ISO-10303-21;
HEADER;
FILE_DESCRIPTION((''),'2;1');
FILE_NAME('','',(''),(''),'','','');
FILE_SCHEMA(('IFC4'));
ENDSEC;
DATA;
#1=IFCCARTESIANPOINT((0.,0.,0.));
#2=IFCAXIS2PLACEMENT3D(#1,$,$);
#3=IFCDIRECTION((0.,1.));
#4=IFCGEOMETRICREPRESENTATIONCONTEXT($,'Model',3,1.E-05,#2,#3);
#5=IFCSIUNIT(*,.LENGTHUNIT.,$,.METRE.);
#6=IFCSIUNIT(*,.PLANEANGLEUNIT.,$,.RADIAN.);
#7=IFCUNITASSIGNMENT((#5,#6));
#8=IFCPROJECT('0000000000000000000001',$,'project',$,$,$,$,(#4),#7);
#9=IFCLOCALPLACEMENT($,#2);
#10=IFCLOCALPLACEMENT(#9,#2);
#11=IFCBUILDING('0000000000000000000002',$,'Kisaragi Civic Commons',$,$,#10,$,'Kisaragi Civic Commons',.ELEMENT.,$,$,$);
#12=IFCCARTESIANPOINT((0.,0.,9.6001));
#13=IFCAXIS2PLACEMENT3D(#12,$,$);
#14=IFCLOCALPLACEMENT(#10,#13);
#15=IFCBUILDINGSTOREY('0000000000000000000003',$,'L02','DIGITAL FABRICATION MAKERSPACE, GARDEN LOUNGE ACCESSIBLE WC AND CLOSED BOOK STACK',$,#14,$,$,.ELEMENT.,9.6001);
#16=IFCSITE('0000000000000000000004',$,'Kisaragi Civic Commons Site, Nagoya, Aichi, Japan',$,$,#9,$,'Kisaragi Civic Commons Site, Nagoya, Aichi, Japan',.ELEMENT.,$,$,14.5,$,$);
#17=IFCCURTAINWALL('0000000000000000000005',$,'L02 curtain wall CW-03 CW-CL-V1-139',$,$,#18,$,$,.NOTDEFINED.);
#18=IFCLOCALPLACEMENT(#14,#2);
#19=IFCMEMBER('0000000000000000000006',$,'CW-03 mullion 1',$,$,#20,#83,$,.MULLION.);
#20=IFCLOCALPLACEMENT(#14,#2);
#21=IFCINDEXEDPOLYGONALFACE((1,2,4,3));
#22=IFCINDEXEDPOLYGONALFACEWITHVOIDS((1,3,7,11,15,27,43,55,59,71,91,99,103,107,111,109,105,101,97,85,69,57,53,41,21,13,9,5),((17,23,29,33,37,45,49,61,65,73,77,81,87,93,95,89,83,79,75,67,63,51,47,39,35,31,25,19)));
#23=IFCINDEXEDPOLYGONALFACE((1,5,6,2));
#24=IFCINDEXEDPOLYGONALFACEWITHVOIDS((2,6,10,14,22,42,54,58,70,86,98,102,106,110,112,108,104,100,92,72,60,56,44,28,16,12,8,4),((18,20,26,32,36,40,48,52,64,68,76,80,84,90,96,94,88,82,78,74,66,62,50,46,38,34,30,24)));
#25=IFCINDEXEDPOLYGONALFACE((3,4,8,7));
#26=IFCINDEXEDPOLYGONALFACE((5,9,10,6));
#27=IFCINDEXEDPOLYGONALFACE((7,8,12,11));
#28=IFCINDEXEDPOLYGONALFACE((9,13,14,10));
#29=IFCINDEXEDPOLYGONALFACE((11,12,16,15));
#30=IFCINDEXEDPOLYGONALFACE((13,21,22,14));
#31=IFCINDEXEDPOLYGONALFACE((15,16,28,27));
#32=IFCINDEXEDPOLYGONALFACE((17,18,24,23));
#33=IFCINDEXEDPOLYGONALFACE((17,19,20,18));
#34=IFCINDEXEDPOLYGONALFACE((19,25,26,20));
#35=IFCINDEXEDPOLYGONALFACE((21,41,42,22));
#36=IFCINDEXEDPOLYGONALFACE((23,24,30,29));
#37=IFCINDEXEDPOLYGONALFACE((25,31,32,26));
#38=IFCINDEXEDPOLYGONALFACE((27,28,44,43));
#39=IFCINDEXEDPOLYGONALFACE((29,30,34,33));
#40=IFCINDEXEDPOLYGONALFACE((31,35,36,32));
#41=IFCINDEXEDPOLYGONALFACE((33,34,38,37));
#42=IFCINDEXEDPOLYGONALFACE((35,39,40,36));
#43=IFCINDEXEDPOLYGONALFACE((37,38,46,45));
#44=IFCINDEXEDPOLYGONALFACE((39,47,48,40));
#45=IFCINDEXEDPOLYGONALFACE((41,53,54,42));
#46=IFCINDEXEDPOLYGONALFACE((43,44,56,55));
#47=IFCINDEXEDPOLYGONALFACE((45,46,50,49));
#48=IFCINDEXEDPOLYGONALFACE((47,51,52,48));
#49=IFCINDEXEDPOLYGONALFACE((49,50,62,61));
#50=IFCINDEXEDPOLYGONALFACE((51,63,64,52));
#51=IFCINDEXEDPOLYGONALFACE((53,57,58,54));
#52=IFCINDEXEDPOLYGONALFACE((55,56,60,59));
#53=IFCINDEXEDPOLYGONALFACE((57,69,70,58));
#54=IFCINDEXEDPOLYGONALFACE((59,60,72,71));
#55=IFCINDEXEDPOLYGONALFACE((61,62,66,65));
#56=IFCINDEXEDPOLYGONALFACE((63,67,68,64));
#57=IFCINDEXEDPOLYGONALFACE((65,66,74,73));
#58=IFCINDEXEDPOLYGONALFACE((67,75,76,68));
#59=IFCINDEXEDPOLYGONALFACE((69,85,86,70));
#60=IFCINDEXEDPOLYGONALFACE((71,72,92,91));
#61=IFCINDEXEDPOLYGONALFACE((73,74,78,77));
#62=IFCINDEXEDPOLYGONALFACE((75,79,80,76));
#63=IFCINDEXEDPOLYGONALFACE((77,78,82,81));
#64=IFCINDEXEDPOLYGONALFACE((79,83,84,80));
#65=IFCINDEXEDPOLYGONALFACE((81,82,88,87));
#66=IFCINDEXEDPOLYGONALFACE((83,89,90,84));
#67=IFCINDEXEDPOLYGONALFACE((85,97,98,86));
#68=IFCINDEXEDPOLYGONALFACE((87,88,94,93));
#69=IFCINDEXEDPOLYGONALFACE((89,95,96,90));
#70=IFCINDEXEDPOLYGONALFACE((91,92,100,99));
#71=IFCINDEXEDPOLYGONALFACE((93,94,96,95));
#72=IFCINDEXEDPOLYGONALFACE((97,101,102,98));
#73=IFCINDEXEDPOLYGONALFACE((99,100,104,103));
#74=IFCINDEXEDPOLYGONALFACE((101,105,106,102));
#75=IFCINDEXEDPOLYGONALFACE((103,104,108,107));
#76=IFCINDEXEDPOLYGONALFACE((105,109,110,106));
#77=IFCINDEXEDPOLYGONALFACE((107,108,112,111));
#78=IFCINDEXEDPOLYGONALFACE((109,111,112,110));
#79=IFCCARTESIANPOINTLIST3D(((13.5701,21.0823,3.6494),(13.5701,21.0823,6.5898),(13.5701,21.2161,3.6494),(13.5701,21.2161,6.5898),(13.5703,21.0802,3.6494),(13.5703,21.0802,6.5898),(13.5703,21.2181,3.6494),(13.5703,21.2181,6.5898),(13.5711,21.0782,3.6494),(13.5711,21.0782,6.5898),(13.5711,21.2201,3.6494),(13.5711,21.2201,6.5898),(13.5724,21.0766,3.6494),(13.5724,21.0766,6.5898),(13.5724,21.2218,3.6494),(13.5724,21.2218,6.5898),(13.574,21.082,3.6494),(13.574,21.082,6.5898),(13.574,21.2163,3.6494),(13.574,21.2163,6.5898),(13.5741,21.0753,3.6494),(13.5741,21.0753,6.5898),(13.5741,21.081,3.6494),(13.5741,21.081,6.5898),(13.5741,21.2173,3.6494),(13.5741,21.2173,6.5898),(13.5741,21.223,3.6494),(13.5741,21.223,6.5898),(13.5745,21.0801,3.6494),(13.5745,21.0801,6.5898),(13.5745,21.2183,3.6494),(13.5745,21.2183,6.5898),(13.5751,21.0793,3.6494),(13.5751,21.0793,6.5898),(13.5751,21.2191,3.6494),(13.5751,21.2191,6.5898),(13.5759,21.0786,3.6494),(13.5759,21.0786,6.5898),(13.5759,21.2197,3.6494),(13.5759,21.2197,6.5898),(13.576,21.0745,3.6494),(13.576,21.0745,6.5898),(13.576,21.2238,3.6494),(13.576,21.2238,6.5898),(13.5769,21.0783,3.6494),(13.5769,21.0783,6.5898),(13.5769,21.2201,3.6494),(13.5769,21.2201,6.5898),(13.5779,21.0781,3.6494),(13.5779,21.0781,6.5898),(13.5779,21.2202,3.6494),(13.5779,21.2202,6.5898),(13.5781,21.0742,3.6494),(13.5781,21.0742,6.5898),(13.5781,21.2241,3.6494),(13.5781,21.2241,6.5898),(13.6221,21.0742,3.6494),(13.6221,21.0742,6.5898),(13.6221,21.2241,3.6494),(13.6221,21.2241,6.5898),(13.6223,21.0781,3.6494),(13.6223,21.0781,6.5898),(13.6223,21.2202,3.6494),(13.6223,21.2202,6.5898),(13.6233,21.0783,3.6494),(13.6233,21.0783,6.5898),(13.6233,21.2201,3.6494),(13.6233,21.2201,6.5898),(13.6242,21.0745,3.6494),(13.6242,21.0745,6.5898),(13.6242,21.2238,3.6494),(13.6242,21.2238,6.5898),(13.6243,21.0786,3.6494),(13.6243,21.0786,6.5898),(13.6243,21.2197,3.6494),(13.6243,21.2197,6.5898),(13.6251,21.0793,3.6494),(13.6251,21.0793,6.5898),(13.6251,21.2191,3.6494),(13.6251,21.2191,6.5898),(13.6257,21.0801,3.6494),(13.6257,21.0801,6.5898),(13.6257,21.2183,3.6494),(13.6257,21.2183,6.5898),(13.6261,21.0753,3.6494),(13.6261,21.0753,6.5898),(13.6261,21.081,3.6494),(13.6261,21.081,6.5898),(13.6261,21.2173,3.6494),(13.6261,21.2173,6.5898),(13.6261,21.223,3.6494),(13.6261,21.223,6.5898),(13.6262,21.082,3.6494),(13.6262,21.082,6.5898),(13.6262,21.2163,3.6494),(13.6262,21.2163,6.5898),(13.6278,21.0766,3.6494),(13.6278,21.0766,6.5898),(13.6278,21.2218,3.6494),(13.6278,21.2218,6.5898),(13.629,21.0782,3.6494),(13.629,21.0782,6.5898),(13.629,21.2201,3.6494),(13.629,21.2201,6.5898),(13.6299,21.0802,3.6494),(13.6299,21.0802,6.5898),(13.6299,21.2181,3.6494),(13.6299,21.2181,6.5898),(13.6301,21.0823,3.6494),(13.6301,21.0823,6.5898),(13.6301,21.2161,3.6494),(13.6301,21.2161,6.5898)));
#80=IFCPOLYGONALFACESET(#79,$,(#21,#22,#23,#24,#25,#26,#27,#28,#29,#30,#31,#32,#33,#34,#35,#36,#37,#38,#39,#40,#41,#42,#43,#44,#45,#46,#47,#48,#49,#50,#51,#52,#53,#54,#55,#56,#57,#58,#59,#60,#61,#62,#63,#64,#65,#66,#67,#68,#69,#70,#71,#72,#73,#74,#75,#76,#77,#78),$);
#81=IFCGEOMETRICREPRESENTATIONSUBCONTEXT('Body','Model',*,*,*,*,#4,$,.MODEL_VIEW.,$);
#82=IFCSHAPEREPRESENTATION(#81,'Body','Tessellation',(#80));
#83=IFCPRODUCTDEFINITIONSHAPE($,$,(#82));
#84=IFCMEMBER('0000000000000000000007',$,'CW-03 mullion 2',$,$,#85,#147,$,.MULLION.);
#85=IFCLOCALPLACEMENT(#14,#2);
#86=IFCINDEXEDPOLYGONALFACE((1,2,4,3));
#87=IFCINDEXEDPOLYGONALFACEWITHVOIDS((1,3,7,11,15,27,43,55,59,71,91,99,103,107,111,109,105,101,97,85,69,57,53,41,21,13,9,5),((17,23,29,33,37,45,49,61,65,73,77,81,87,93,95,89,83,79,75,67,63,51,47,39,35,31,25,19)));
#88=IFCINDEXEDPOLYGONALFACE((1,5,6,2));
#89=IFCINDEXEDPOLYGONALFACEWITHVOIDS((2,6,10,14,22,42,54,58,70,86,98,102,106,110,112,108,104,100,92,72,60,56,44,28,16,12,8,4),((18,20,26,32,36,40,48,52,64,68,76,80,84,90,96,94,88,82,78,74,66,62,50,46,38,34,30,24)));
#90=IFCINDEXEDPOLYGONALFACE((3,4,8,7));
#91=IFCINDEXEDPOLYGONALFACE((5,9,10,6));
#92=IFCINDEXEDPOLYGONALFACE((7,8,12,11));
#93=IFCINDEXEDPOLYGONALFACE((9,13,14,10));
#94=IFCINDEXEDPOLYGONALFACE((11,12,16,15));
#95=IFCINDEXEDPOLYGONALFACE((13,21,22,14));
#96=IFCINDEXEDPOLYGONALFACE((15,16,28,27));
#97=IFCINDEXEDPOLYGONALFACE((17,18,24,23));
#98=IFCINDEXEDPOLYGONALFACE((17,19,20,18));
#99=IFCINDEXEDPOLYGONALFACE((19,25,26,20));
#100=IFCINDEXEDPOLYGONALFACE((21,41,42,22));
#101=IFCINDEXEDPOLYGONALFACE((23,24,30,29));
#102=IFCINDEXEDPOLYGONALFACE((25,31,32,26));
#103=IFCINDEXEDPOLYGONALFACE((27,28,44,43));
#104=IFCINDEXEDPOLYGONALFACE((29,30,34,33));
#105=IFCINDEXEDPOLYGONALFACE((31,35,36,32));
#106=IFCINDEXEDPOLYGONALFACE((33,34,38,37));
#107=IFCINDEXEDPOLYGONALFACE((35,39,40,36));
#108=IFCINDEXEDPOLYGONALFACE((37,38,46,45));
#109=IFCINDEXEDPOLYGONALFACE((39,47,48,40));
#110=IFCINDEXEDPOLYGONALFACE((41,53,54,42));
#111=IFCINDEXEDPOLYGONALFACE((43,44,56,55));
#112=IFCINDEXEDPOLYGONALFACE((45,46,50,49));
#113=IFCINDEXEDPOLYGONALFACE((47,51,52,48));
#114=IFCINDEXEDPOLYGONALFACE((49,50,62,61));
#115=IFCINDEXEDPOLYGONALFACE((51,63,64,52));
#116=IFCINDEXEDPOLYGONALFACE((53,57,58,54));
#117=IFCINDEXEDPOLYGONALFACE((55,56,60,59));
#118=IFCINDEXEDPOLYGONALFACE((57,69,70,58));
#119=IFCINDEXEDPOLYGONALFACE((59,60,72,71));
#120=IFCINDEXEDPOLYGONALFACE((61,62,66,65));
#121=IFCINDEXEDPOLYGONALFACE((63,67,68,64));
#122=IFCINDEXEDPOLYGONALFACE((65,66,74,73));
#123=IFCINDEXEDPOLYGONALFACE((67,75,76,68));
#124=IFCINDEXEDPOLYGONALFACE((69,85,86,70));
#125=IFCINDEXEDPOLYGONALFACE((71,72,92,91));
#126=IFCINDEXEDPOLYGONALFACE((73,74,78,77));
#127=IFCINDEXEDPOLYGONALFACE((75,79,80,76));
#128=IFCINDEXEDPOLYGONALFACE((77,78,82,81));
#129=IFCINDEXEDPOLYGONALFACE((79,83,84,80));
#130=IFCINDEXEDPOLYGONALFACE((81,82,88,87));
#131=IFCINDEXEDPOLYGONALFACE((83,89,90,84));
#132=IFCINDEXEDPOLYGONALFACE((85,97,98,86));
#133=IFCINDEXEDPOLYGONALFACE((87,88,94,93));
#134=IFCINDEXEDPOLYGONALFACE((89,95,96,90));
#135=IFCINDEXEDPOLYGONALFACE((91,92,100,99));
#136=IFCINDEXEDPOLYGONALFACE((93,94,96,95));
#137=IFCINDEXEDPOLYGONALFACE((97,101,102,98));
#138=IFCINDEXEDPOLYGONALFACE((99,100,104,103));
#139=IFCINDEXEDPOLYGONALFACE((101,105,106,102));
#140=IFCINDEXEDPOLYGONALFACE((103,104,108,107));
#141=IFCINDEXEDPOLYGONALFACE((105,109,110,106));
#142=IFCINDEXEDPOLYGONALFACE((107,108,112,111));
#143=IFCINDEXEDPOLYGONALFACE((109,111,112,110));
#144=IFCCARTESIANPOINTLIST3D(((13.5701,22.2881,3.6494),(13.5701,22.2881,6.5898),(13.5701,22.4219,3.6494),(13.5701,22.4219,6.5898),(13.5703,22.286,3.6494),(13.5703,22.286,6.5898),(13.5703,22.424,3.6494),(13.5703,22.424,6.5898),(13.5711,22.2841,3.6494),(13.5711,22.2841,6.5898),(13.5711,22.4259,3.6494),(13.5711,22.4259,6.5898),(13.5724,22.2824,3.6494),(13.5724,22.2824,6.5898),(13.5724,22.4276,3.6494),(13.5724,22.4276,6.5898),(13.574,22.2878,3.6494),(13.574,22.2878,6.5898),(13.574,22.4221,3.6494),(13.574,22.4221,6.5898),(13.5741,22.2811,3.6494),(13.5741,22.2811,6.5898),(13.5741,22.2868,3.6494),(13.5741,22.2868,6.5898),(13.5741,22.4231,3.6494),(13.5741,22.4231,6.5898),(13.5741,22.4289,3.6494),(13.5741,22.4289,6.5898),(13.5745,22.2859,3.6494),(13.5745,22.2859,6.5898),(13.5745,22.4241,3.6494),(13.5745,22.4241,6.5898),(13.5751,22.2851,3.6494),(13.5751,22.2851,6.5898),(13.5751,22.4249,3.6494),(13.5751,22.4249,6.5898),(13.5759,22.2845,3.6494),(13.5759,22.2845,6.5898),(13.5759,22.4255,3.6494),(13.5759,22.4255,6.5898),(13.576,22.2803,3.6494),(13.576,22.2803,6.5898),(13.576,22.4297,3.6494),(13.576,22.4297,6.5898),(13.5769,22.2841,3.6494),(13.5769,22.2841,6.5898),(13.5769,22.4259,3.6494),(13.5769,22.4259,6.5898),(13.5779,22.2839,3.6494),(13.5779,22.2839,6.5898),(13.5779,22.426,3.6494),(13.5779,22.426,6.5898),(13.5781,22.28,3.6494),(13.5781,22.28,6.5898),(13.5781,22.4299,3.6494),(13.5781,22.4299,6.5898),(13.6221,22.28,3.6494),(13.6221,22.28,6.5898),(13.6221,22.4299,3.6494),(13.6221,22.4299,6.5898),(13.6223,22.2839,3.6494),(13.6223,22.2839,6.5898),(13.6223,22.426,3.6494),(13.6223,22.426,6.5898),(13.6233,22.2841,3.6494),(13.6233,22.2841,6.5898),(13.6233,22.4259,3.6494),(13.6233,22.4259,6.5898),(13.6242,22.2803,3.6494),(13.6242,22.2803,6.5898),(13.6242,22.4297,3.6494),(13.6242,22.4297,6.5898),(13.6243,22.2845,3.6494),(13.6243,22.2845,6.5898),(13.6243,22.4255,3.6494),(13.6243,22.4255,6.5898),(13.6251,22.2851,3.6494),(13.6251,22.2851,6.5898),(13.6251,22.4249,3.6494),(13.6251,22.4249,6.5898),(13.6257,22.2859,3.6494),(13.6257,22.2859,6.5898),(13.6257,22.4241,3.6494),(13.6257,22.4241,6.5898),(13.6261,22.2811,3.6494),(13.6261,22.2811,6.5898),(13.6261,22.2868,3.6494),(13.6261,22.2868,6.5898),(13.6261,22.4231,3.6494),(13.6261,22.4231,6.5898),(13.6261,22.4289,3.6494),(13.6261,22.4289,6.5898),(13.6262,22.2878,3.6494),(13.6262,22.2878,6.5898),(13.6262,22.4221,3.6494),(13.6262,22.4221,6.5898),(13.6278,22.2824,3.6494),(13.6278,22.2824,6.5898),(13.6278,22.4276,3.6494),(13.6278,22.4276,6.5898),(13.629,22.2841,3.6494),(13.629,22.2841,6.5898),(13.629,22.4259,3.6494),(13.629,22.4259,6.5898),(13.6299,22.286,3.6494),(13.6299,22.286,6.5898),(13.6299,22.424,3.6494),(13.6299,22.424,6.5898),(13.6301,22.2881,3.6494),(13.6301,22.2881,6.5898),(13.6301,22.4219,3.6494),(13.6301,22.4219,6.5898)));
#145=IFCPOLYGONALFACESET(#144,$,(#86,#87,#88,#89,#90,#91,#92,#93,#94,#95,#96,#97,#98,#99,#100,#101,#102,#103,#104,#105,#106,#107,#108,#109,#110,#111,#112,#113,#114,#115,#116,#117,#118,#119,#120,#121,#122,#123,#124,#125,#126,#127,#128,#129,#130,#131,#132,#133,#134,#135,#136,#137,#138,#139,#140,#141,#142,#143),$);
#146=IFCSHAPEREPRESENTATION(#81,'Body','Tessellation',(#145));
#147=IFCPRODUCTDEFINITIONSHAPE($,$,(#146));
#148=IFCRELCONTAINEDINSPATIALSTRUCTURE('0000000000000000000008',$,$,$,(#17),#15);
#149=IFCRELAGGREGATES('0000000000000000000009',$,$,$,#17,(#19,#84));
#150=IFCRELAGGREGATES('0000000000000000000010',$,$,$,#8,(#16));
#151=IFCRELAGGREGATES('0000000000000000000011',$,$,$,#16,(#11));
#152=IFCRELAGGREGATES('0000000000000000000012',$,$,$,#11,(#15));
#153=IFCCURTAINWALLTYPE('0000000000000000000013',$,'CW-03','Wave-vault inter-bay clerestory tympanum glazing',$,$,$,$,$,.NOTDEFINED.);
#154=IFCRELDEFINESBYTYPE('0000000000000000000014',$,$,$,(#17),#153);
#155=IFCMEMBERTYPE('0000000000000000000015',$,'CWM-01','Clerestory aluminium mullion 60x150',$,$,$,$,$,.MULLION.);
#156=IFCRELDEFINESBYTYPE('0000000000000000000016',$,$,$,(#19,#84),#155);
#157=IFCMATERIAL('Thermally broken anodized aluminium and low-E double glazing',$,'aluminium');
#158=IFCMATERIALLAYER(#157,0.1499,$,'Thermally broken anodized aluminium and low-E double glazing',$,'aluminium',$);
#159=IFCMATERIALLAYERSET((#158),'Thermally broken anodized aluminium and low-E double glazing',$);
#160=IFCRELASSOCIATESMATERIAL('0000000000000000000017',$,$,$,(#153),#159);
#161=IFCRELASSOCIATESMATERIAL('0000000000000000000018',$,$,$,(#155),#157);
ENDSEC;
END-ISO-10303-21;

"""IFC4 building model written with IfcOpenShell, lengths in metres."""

from ifc_helpers import new_model, si_unit, direction, frame, origin, origin_2d, place, context, subcontext, project, spatial, hollow_rectangle, extrude, material, layer, layer_set, material_profile, profile_set, type_object, element, aggregate, save


model = new_model("IFC4")

# Units and contexts
model_context = context("Model", 3, precision=1e-05, world=origin(), true_north=direction((0.0, 1.0)))
body_context = subcontext(model_context, "Body", "Model", "MODEL_VIEW")
ifc_project = project(units=[si_unit("LENGTHUNIT", "METRE"), si_unit("PLANEANGLEUNIT", "RADIAN")], contexts=[model_context])

# Site, building, storey
site_placement = place(None, origin())
site = spatial("IfcSite", under=ifc_project, at=site_placement, Name="Kisaragi Civic Commons Site, Nagoya, Aichi, Japan", LongName="Kisaragi Civic Commons Site, Nagoya, Aichi, Japan", CompositionType="ELEMENT", RefElevation=14.5)
building_placement = place(site_placement, origin())
building = spatial("IfcBuilding", under=site, at=building_placement, Name="Kisaragi Civic Commons", LongName="Kisaragi Civic Commons", CompositionType="ELEMENT")
storey_placement = place(building_placement, frame((0.0, 0.0, 9.6001)))
storey = spatial("IfcBuildingStorey", under=building, at=storey_placement, Name="L02", Description="DIGITAL FABRICATION MAKERSPACE, GARDEN LOUNGE ACCESSIBLE WC AND CLOSED BOOK STACK", CompositionType="ELEMENT", Elevation=9.6001)

# Curtain wall, members
ifc_material_1 = material(Name="Thermally broken anodized aluminium and low-E double glazing", Category="aluminium")
ifc_layer_1 = layer(ifc_material_1, 0.1499, Name="Thermally broken anodized aluminium and low-E double glazing", Category="aluminium")
ifc_layer_set_1 = layer_set([ifc_layer_1], Name="Thermally broken anodized aluminium and low-E double glazing")
curtain_wall_type = type_object("IfcCurtainWallType", Name="CW-03", Description="Wave-vault inter-bay clerestory tympanum glazing", PredefinedType="NOTDEFINED", material=ifc_layer_set_1)
curtain_wall_1_placement = place(storey_placement, origin())
curtain_wall_1 = element("IfcCurtainWall", 1, at=curtain_wall_1_placement, inside=storey, type_object=curtain_wall_type, Name="L02 curtain wall CW-03 CW-CL-V1-139", PredefinedType="NOTDEFINED")
ifc_material_profile_1 = material_profile(ifc_material_1, hollow_rectangle(XDim=0.0601, YDim=0.1499, WallThickness=0.0039, InnerFilletRadius=0.0039, OuterFilletRadius=0.0081, at=origin_2d()), Name="CWM-60x150x4", Category="aluminium")
ifc_profile_set_1 = profile_set([ifc_material_profile_1], Name="Thermally broken anodized aluminium and low-E double glazing")
member_type_1 = type_object("IfcMemberType", Name="CWM-01", Description="Clerestory aluminium mullion 60x150", PredefinedType="MULLION", material=ifc_profile_set_1)
member_1_placement = place(storey_placement, frame((13.6001, 21.1492, 3.6494), z_axis=(0.0, 0.0, 1.0), x_axis=(-1.0, 0.0, 0.0)))
member_1 = element("IfcMember", 2, at=member_1_placement, type_object=member_type_1, Name="CW-03 mullion 1", PredefinedType="MULLION", context=body_context, shape_type="SweptSolid", body=[
    extrude(hollow_rectangle(XDim=0.0601, YDim=0.1499, WallThickness=0.0039, InnerFilletRadius=0.0039, OuterFilletRadius=0.0081, at=origin_2d()), origin(), (0.0, 0.0, 1.0), 2.9404),
])
member_2_placement = place(storey_placement, frame((13.6001, 22.355, 3.6494), z_axis=(0.0, 0.0, 1.0), x_axis=(-1.0, 0.0, 0.0)))
member_2 = element("IfcMember", 3, at=member_2_placement, type_object=member_type_1, Name="CW-03 mullion 2", PredefinedType="MULLION", context=body_context, shape_type="SweptSolid", body=[
    extrude(hollow_rectangle(XDim=0.0601, YDim=0.1499, WallThickness=0.0039, InnerFilletRadius=0.0039, OuterFilletRadius=0.0081, at=origin_2d()), origin(), (0.0, 0.0, 1.0), 2.9404),
])

aggregate(curtain_wall_1, [member_1, member_2])

save(model, "model.ifc")
